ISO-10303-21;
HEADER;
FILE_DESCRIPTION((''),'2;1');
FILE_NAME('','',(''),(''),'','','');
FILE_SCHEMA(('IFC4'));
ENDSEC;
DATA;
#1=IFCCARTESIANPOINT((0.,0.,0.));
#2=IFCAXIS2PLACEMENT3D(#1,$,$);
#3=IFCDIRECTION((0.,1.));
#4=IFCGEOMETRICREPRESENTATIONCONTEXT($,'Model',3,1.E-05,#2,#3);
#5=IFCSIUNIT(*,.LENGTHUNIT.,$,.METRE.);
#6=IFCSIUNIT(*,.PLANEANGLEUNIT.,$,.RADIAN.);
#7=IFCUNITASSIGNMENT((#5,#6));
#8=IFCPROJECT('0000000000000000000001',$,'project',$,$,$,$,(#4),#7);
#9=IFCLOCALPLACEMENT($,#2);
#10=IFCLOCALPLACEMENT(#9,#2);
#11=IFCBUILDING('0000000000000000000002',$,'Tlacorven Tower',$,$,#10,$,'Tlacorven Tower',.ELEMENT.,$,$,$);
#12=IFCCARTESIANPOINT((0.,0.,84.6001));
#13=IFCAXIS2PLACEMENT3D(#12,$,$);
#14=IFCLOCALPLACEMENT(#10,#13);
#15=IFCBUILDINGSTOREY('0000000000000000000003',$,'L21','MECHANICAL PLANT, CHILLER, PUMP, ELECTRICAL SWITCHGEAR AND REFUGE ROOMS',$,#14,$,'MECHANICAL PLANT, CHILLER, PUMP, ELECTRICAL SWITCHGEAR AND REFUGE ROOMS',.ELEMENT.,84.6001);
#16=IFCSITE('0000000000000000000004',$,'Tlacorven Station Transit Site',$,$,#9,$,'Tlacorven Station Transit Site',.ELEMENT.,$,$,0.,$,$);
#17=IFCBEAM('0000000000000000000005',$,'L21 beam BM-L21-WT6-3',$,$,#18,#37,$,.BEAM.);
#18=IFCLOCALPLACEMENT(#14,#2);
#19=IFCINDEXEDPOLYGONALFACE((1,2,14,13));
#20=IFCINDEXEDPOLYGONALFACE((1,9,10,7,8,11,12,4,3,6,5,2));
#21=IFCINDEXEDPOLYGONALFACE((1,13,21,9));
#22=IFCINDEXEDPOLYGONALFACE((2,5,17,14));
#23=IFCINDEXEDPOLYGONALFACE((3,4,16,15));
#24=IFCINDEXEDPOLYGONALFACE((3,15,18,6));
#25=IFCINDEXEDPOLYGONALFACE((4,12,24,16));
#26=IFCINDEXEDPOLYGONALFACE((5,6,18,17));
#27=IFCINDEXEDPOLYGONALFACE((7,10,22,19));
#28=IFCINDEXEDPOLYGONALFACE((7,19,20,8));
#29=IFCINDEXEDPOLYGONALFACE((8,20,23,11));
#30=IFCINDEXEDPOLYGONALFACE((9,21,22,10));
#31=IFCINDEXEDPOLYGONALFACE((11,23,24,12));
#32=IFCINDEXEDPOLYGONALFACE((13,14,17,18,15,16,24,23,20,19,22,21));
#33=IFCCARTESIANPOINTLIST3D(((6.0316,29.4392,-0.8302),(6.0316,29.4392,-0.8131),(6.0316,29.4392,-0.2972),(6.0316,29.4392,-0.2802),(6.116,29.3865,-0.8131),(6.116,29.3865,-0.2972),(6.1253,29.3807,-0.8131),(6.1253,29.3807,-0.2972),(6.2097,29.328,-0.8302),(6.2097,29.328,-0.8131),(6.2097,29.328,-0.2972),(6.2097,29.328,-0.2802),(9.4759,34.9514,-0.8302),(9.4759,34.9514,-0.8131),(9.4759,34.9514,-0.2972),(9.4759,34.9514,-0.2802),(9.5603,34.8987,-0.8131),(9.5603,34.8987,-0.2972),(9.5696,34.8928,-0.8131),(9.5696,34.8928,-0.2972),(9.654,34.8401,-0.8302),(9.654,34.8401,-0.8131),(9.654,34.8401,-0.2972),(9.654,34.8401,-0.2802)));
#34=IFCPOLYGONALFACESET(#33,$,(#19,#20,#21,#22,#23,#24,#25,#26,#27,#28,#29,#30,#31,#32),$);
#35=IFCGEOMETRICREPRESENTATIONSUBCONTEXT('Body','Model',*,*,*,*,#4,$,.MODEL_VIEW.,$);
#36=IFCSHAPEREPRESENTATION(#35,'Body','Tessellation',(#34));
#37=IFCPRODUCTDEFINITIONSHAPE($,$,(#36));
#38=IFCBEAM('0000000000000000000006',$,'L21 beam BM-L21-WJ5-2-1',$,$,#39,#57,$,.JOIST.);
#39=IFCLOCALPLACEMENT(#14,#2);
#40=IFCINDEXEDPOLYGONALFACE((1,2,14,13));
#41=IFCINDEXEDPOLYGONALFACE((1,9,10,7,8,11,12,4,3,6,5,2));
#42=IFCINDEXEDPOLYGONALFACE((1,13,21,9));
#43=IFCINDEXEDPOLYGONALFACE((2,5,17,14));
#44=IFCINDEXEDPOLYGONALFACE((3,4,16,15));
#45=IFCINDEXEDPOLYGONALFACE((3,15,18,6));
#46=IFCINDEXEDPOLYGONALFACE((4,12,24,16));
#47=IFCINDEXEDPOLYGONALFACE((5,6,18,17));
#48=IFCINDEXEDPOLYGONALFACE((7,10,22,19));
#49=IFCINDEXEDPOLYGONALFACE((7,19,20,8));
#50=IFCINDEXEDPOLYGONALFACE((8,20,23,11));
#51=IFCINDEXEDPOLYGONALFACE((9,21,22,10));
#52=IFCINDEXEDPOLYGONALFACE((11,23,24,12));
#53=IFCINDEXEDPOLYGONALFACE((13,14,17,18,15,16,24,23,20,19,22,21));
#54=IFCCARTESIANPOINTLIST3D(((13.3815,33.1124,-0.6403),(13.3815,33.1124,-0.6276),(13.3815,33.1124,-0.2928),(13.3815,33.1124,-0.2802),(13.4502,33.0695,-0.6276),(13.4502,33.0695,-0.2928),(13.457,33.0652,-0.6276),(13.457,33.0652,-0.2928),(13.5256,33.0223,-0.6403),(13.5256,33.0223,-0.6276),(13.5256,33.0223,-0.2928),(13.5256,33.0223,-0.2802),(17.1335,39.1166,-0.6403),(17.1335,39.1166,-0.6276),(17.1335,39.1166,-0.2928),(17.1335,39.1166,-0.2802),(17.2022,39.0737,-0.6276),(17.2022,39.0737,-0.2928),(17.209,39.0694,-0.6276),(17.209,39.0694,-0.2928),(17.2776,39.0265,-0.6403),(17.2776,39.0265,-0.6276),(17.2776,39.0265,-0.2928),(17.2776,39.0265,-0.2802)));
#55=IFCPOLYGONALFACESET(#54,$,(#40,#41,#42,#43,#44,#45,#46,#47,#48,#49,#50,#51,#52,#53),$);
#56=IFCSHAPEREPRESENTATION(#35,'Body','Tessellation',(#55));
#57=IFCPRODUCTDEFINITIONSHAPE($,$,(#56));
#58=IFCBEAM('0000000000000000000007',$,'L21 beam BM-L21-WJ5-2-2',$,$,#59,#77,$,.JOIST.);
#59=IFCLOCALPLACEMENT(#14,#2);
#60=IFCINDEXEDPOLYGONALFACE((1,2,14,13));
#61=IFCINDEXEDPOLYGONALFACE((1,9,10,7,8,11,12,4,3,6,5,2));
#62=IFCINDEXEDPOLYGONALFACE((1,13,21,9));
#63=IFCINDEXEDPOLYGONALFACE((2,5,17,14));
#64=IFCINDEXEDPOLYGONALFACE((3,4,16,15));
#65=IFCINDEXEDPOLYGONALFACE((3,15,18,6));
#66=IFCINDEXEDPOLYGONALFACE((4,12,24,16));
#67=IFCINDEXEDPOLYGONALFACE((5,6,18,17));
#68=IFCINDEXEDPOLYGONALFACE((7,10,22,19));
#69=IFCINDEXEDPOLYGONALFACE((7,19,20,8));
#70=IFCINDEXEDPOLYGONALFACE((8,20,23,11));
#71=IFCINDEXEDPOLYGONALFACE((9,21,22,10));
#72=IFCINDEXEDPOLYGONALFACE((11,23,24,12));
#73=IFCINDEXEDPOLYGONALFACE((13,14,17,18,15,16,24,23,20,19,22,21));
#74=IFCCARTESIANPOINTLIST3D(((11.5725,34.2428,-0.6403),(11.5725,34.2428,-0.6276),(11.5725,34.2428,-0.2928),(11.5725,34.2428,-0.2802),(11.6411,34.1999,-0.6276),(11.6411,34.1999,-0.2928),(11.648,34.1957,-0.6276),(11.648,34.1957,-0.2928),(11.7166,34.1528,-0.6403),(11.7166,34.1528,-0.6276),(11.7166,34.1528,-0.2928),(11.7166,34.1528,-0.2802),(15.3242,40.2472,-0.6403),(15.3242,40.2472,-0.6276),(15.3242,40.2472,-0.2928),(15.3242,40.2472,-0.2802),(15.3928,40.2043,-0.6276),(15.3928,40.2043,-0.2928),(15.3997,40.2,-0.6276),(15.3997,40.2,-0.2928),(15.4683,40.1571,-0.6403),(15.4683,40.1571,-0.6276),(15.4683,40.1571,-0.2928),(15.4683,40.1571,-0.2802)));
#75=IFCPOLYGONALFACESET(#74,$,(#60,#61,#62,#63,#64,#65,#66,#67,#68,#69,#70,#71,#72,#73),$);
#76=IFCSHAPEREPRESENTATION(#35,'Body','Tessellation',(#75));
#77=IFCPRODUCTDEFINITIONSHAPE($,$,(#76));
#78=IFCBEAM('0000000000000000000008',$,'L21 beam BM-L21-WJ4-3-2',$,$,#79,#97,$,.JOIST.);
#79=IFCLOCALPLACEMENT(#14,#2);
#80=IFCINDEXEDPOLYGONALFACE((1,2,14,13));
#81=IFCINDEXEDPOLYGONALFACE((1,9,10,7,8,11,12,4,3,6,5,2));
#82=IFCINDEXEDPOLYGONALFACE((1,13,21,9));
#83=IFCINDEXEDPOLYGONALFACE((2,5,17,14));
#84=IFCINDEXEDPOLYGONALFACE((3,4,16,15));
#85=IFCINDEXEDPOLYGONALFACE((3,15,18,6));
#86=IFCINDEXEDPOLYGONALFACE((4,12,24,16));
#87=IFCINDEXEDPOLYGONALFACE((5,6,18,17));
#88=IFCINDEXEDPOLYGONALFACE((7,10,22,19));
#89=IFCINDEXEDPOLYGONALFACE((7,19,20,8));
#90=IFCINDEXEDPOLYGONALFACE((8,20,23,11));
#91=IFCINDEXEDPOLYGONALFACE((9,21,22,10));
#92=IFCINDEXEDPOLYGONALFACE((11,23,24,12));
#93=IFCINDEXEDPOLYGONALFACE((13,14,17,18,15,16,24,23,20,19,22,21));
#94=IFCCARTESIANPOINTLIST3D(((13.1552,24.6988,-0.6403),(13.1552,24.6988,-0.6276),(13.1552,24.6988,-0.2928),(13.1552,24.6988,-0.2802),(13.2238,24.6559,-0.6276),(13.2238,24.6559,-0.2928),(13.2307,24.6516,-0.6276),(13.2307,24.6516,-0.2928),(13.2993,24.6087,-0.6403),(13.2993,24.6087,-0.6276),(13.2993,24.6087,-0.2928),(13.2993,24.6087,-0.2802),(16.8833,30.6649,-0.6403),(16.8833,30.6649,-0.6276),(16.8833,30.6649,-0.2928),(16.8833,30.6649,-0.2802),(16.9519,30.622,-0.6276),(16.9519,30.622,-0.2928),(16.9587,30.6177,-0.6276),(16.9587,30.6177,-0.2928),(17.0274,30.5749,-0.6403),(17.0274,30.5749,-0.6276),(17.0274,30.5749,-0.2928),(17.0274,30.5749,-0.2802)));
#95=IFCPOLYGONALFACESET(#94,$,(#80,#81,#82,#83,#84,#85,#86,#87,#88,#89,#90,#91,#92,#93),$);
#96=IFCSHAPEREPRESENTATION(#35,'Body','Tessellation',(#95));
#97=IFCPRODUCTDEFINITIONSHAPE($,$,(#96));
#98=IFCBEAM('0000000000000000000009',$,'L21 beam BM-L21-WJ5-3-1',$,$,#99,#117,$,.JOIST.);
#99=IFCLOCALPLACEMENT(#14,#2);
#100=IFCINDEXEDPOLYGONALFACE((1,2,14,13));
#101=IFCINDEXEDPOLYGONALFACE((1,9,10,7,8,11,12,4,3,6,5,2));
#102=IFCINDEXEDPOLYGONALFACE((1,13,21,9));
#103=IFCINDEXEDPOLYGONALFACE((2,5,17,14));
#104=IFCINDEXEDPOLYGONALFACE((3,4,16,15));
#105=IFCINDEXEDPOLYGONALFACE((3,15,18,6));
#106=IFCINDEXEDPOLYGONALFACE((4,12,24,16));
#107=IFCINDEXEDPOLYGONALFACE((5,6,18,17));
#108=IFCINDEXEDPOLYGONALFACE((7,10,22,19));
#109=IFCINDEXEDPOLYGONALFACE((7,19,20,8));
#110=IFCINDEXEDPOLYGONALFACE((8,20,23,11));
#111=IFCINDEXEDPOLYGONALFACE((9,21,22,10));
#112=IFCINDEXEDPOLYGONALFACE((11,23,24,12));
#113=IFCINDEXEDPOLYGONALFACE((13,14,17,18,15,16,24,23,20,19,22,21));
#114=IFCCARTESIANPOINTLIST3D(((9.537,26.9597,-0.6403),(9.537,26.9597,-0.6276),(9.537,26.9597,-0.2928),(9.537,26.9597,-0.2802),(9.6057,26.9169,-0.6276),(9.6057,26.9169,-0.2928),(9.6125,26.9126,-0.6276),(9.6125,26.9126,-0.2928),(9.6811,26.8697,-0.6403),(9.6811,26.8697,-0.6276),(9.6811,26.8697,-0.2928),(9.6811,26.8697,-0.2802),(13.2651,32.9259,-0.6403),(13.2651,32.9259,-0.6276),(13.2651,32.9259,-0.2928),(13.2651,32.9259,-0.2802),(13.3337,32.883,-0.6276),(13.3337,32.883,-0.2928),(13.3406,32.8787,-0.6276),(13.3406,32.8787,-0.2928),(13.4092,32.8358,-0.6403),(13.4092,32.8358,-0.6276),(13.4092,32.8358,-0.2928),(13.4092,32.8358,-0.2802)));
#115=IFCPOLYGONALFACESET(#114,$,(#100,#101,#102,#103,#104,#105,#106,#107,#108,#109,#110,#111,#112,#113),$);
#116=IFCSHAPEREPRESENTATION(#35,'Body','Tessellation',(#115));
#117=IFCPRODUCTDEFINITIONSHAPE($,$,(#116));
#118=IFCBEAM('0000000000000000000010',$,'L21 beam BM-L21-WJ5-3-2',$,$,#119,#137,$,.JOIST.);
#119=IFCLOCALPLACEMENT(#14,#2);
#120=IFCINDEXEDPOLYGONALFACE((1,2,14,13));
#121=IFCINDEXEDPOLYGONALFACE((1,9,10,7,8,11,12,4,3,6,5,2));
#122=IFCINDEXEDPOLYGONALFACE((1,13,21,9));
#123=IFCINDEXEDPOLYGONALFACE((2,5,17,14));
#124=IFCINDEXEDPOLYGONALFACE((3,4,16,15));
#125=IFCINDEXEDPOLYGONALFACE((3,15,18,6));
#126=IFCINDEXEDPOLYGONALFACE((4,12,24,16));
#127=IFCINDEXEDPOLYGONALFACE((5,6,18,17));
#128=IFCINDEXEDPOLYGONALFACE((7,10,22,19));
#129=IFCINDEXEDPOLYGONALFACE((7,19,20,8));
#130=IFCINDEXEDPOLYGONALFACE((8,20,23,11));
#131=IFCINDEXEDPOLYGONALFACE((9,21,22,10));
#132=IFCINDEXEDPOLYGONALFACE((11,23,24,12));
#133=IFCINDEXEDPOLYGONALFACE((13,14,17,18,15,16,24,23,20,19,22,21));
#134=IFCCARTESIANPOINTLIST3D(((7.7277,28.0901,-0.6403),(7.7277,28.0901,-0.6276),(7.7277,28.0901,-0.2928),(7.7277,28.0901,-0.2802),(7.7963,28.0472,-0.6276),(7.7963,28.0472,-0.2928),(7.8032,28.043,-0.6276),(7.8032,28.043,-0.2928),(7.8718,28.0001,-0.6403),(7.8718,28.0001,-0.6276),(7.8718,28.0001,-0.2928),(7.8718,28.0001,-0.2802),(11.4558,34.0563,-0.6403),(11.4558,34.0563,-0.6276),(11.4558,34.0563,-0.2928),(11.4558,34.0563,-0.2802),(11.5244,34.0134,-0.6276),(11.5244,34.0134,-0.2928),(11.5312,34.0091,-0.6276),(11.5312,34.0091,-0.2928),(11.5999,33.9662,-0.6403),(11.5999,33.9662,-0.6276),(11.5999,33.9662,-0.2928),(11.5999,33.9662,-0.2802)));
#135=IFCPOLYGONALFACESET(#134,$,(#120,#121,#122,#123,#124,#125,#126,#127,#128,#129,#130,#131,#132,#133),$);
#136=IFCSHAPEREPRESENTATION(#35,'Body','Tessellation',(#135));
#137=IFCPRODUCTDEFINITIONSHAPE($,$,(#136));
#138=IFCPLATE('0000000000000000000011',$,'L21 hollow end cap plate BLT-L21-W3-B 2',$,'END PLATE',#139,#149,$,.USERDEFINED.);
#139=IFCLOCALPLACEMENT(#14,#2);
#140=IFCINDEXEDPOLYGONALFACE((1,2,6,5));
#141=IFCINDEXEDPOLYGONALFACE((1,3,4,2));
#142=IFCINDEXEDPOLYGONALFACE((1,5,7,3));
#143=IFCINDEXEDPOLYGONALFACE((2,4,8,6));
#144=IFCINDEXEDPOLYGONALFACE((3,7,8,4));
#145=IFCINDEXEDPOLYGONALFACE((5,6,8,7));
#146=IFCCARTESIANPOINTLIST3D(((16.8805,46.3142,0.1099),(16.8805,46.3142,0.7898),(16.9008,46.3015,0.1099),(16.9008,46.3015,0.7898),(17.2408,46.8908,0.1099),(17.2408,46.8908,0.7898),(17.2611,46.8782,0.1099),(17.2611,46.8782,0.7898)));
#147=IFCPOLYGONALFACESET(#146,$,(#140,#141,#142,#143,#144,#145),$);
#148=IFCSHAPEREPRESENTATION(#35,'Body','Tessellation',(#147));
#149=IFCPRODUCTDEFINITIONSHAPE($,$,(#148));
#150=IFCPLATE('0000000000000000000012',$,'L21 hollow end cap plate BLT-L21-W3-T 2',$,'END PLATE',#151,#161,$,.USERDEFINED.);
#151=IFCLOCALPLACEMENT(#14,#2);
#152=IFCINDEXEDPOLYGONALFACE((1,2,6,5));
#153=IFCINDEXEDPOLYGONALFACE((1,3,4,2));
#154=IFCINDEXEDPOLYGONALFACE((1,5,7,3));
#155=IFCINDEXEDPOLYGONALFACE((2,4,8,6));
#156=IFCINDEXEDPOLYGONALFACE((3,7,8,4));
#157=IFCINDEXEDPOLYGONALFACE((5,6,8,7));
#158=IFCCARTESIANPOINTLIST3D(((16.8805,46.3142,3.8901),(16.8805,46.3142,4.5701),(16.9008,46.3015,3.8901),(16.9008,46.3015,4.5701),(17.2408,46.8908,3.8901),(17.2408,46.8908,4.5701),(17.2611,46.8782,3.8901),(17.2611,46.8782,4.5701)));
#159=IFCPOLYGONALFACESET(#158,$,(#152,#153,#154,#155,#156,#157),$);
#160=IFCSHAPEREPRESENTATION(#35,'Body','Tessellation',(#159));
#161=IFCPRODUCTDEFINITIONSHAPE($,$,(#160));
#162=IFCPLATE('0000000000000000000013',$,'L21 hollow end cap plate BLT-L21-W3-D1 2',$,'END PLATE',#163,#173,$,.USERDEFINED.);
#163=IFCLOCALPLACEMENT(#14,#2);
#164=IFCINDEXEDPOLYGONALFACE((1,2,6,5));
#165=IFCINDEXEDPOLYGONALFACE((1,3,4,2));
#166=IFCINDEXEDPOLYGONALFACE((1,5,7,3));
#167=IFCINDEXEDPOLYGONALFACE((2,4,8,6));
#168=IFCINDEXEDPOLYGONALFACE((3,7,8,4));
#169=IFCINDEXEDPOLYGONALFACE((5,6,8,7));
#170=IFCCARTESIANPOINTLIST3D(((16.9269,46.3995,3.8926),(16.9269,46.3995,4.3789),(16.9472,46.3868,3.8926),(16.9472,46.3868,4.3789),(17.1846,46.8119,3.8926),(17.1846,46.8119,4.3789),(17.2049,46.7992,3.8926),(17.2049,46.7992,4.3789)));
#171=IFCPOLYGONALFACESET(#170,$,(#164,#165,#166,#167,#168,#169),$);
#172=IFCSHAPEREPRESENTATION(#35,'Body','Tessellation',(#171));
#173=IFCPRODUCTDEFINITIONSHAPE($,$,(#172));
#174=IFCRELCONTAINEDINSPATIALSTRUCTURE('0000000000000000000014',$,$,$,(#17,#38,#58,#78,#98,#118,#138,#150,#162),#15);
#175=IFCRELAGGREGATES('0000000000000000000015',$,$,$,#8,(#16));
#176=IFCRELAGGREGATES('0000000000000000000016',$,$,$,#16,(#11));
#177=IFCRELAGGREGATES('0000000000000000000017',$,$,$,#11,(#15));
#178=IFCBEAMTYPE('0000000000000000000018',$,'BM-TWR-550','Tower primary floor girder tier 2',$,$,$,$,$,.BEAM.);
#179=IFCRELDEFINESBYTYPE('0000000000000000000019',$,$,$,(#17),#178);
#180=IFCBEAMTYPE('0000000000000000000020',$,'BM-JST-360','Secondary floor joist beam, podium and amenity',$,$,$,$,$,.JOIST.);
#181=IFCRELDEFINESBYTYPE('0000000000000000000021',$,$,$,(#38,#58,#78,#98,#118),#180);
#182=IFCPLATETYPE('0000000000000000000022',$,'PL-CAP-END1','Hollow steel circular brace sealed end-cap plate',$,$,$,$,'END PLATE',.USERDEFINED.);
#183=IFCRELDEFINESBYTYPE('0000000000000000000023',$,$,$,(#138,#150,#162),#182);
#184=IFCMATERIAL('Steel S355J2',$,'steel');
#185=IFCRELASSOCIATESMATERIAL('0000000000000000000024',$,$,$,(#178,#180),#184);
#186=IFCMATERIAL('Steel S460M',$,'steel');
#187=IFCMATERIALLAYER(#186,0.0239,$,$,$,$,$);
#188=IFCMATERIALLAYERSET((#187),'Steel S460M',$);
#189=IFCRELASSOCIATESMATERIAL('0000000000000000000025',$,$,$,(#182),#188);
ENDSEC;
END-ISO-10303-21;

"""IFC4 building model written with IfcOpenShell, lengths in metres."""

from ifc_helpers import new_model, si_unit, direction, frame, origin, origin_2d, place, context, subcontext, project, spatial, rectangle, i_section, extrude, source, transform, mapped, material, layer, layer_set, material_profile, profile_set, type_object, element, save


model = new_model("IFC4")

# Units and contexts
model_context = context("Model", 3, precision=1e-05, world=origin(), true_north=direction((0.0, 1.0)))
body_context = subcontext(model_context, "Body", "Model", "MODEL_VIEW")
ifc_project = project(units=[si_unit("LENGTHUNIT", "METRE"), si_unit("PLANEANGLEUNIT", "RADIAN")], contexts=[model_context])

# Site, building, storey
site_placement = place(None, origin())
site = spatial("IfcSite", under=ifc_project, at=site_placement, Name="Tlacorven Station Transit Site", LongName="Tlacorven Station Transit Site", CompositionType="ELEMENT", RefElevation=0.0)
building_placement = place(site_placement, origin())
building = spatial("IfcBuilding", under=site, at=building_placement, Name="Tlacorven Tower", LongName="Tlacorven Tower", CompositionType="ELEMENT")
storey_placement = place(building_placement, frame((0.0, 0.0, 84.6001)))
storey = spatial("IfcBuildingStorey", under=building, at=storey_placement, Name="L21", Description="MECHANICAL PLANT, CHILLER, PUMP, ELECTRICAL SWITCHGEAR AND REFUGE ROOMS", LongName="MECHANICAL PLANT, CHILLER, PUMP, ELECTRICAL SWITCHGEAR AND REFUGE ROOMS", CompositionType="ELEMENT", Elevation=84.6001)

# Shared definitions
ifc_material_1 = material(Name="Steel S460M", Category="steel")

# Beams
ifc_material_2 = material(Name="Steel S355J2", Category="steel")
ifc_material_profile_1 = material_profile(ifc_material_2, i_section(OverallWidth=0.21, OverallDepth=0.55, WebThickness=0.011, FlangeThickness=0.0171, at=origin_2d()), Name="IPE 550")
ifc_profile_set_1 = profile_set([ifc_material_profile_1], Name="Steel S355J2")
beam_type_1 = type_object("IfcBeamType", Name="BM-TWR-550", Description="Tower primary floor girder tier 2", PredefinedType="BEAM", material=ifc_profile_set_1)
shared_shape_1 = source(origin(), body_context, "Body", "SweptSolid", [
    extrude(i_section(OverallWidth=0.21, OverallDepth=0.55, WebThickness=0.011, FlangeThickness=0.0171, at=origin_2d()), origin(), (0.0, 0.0, 1.0), 6.4998),
])
beam_1_placement = place(storey_placement, frame((9.5649, 34.8958, -0.5552), z_axis=(-0.529911, -0.848053, 0.0), x_axis=(0.848053, -0.529911, 0.0)))
element("IfcBeam", 1, at=beam_1_placement, inside=storey, type_object=beam_type_1, Name="L21 beam BM-L21-WT6-3", PredefinedType="BEAM", context=body_context, shape_type="MappedRepresentation", body=[
    mapped(shared_shape_1, transform((0.0, 0.0, 0.0), scale=1.0)),
])
ifc_material_profile_2 = material_profile(ifc_material_2, i_section(OverallWidth=0.1699, OverallDepth=0.3601, WebThickness=0.0081, FlangeThickness=0.0127, at=origin_2d()), Name="IPE 360")
ifc_profile_set_2 = profile_set([ifc_material_profile_2], Name="Steel S355J2")
beam_type_2 = type_object("IfcBeamType", Name="BM-JST-360", Description="Secondary floor joist beam, podium and amenity", PredefinedType="JOIST", material=ifc_profile_set_2)
shared_shape_2 = source(origin(), body_context, "Body", "SweptSolid", [
    extrude(i_section(OverallWidth=0.1699, OverallDepth=0.3601, WebThickness=0.0081, FlangeThickness=0.0127, at=origin_2d()), origin(), (0.0, 0.0, 1.0), 7.0801),
])
for number, where, z_axis, x_axis, name in (
    (2, (17.2056, 39.0715, -0.4602), (-0.529934, -0.848039, 0.0), (0.848039, -0.529934, 0.0), "L21 beam BM-L21-WJ5-2-1"),
    (3, (15.3962, 40.2021, -0.4602), (-0.529894, -0.848064, 0.0), (0.848064, -0.529894, 0.0), "L21 beam BM-L21-WJ5-2-2"),
):
    element("IfcBeam", number, at=place(storey_placement, frame(where, z_axis=z_axis, x_axis=x_axis)), inside=storey, type_object=beam_type_2, Name=name, PredefinedType="JOIST", context=body_context, shape_type="MappedRepresentation", body=[
        mapped(shared_shape_2, transform((0.0, 0.0, 0.0), scale=1.0)),
    ])
shared_shape_3 = source(origin(), body_context, "Body", "SweptSolid", [
    extrude(i_section(OverallWidth=0.1699, OverallDepth=0.3601, WebThickness=0.0081, FlangeThickness=0.0127, at=origin_2d()), origin(), (0.0, 0.0, 1.0), 7.0352),
])
for number, where, z_axis, x_axis, name in (
    (4, (16.9553, 30.6199, -0.4602), (-0.529921, -0.848047, 0.0), (0.848047, -0.529921, 0.0), "L21 beam BM-L21-WJ4-3-2"),
    (5, (13.3372, 32.8809, -0.4602), (-0.529921, -0.848047, 0.0), (0.848047, -0.529921, 0.0), "L21 beam BM-L21-WJ5-3-1"),
    (6, (11.5278, 34.0112, -0.4602), (-0.529921, -0.848047, 0.0), (0.848047, -0.529921, 0.0), "L21 beam BM-L21-WJ5-3-2"),
):
    element("IfcBeam", number, at=place(storey_placement, frame(where, z_axis=z_axis, x_axis=x_axis)), inside=storey, type_object=beam_type_2, Name=name, PredefinedType="JOIST", context=body_context, shape_type="MappedRepresentation", body=[
        mapped(shared_shape_3, transform((0.0, 0.0, 0.0), scale=1.0)),
    ])

# Plates
ifc_layer_1 = layer(ifc_material_1, 0.0239)
ifc_layer_set_1 = layer_set([ifc_layer_1], Name="Steel S460M")
plate_type = type_object("IfcPlateType", Name="PL-CAP-END1", Description="Hollow steel circular brace sealed end-cap plate", ElementType="END PLATE", PredefinedType="USERDEFINED", material=ifc_layer_set_1)
shared_shape_4 = source(origin(), body_context, "Body", "SweptSolid", [
    extrude(rectangle(XDim=0.0239, YDim=0.6799, at=origin_2d()), origin(), (0.0, 0.0, 1.0), 0.6799),
])
for number, where, z_axis, x_axis, name in (
    (7, (17.0708, 46.5962, 0.1099), (0.0, 0.0, 1.0), (-0.848048, 0.529919, 0.0), "L21 hollow end cap plate BLT-L21-W3-B 2"),
    (8, (17.0708, 46.5962, 3.8901), (0.0, 0.0, 1.0), (-0.848048, 0.529919, 0.0), "L21 hollow end cap plate BLT-L21-W3-T 2"),
):
    element("IfcPlate", number, at=place(storey_placement, frame(where, z_axis=z_axis, x_axis=x_axis)), inside=storey, type_object=plate_type, Name=name, ObjectType="END PLATE", PredefinedType="USERDEFINED", context=body_context, shape_type="MappedRepresentation", body=[
        mapped(shared_shape_4, transform((0.0, 0.0, 0.0), scale=1.0)),
    ])
shared_shape_5 = source(origin(), body_context, "Body", "SweptSolid", [
    extrude(rectangle(XDim=0.0239, YDim=0.4863, at=origin_2d()), origin(), (0.0, 0.0, 1.0), 0.4863),
])
plate_placement = place(storey_placement, frame((17.0659, 46.5994, 3.8926), z_axis=(0.0, 0.0, 1.0), x_axis=(-0.848048, 0.529919, 0.0)))
element("IfcPlate", 9, at=plate_placement, inside=storey, type_object=plate_type, Name="L21 hollow end cap plate BLT-L21-W3-D1 2", ObjectType="END PLATE", PredefinedType="USERDEFINED", context=body_context, shape_type="MappedRepresentation", body=[
    mapped(shared_shape_5, transform((0.0, 0.0, 0.0), scale=1.0)),
])

save(model, "model.ifc")
